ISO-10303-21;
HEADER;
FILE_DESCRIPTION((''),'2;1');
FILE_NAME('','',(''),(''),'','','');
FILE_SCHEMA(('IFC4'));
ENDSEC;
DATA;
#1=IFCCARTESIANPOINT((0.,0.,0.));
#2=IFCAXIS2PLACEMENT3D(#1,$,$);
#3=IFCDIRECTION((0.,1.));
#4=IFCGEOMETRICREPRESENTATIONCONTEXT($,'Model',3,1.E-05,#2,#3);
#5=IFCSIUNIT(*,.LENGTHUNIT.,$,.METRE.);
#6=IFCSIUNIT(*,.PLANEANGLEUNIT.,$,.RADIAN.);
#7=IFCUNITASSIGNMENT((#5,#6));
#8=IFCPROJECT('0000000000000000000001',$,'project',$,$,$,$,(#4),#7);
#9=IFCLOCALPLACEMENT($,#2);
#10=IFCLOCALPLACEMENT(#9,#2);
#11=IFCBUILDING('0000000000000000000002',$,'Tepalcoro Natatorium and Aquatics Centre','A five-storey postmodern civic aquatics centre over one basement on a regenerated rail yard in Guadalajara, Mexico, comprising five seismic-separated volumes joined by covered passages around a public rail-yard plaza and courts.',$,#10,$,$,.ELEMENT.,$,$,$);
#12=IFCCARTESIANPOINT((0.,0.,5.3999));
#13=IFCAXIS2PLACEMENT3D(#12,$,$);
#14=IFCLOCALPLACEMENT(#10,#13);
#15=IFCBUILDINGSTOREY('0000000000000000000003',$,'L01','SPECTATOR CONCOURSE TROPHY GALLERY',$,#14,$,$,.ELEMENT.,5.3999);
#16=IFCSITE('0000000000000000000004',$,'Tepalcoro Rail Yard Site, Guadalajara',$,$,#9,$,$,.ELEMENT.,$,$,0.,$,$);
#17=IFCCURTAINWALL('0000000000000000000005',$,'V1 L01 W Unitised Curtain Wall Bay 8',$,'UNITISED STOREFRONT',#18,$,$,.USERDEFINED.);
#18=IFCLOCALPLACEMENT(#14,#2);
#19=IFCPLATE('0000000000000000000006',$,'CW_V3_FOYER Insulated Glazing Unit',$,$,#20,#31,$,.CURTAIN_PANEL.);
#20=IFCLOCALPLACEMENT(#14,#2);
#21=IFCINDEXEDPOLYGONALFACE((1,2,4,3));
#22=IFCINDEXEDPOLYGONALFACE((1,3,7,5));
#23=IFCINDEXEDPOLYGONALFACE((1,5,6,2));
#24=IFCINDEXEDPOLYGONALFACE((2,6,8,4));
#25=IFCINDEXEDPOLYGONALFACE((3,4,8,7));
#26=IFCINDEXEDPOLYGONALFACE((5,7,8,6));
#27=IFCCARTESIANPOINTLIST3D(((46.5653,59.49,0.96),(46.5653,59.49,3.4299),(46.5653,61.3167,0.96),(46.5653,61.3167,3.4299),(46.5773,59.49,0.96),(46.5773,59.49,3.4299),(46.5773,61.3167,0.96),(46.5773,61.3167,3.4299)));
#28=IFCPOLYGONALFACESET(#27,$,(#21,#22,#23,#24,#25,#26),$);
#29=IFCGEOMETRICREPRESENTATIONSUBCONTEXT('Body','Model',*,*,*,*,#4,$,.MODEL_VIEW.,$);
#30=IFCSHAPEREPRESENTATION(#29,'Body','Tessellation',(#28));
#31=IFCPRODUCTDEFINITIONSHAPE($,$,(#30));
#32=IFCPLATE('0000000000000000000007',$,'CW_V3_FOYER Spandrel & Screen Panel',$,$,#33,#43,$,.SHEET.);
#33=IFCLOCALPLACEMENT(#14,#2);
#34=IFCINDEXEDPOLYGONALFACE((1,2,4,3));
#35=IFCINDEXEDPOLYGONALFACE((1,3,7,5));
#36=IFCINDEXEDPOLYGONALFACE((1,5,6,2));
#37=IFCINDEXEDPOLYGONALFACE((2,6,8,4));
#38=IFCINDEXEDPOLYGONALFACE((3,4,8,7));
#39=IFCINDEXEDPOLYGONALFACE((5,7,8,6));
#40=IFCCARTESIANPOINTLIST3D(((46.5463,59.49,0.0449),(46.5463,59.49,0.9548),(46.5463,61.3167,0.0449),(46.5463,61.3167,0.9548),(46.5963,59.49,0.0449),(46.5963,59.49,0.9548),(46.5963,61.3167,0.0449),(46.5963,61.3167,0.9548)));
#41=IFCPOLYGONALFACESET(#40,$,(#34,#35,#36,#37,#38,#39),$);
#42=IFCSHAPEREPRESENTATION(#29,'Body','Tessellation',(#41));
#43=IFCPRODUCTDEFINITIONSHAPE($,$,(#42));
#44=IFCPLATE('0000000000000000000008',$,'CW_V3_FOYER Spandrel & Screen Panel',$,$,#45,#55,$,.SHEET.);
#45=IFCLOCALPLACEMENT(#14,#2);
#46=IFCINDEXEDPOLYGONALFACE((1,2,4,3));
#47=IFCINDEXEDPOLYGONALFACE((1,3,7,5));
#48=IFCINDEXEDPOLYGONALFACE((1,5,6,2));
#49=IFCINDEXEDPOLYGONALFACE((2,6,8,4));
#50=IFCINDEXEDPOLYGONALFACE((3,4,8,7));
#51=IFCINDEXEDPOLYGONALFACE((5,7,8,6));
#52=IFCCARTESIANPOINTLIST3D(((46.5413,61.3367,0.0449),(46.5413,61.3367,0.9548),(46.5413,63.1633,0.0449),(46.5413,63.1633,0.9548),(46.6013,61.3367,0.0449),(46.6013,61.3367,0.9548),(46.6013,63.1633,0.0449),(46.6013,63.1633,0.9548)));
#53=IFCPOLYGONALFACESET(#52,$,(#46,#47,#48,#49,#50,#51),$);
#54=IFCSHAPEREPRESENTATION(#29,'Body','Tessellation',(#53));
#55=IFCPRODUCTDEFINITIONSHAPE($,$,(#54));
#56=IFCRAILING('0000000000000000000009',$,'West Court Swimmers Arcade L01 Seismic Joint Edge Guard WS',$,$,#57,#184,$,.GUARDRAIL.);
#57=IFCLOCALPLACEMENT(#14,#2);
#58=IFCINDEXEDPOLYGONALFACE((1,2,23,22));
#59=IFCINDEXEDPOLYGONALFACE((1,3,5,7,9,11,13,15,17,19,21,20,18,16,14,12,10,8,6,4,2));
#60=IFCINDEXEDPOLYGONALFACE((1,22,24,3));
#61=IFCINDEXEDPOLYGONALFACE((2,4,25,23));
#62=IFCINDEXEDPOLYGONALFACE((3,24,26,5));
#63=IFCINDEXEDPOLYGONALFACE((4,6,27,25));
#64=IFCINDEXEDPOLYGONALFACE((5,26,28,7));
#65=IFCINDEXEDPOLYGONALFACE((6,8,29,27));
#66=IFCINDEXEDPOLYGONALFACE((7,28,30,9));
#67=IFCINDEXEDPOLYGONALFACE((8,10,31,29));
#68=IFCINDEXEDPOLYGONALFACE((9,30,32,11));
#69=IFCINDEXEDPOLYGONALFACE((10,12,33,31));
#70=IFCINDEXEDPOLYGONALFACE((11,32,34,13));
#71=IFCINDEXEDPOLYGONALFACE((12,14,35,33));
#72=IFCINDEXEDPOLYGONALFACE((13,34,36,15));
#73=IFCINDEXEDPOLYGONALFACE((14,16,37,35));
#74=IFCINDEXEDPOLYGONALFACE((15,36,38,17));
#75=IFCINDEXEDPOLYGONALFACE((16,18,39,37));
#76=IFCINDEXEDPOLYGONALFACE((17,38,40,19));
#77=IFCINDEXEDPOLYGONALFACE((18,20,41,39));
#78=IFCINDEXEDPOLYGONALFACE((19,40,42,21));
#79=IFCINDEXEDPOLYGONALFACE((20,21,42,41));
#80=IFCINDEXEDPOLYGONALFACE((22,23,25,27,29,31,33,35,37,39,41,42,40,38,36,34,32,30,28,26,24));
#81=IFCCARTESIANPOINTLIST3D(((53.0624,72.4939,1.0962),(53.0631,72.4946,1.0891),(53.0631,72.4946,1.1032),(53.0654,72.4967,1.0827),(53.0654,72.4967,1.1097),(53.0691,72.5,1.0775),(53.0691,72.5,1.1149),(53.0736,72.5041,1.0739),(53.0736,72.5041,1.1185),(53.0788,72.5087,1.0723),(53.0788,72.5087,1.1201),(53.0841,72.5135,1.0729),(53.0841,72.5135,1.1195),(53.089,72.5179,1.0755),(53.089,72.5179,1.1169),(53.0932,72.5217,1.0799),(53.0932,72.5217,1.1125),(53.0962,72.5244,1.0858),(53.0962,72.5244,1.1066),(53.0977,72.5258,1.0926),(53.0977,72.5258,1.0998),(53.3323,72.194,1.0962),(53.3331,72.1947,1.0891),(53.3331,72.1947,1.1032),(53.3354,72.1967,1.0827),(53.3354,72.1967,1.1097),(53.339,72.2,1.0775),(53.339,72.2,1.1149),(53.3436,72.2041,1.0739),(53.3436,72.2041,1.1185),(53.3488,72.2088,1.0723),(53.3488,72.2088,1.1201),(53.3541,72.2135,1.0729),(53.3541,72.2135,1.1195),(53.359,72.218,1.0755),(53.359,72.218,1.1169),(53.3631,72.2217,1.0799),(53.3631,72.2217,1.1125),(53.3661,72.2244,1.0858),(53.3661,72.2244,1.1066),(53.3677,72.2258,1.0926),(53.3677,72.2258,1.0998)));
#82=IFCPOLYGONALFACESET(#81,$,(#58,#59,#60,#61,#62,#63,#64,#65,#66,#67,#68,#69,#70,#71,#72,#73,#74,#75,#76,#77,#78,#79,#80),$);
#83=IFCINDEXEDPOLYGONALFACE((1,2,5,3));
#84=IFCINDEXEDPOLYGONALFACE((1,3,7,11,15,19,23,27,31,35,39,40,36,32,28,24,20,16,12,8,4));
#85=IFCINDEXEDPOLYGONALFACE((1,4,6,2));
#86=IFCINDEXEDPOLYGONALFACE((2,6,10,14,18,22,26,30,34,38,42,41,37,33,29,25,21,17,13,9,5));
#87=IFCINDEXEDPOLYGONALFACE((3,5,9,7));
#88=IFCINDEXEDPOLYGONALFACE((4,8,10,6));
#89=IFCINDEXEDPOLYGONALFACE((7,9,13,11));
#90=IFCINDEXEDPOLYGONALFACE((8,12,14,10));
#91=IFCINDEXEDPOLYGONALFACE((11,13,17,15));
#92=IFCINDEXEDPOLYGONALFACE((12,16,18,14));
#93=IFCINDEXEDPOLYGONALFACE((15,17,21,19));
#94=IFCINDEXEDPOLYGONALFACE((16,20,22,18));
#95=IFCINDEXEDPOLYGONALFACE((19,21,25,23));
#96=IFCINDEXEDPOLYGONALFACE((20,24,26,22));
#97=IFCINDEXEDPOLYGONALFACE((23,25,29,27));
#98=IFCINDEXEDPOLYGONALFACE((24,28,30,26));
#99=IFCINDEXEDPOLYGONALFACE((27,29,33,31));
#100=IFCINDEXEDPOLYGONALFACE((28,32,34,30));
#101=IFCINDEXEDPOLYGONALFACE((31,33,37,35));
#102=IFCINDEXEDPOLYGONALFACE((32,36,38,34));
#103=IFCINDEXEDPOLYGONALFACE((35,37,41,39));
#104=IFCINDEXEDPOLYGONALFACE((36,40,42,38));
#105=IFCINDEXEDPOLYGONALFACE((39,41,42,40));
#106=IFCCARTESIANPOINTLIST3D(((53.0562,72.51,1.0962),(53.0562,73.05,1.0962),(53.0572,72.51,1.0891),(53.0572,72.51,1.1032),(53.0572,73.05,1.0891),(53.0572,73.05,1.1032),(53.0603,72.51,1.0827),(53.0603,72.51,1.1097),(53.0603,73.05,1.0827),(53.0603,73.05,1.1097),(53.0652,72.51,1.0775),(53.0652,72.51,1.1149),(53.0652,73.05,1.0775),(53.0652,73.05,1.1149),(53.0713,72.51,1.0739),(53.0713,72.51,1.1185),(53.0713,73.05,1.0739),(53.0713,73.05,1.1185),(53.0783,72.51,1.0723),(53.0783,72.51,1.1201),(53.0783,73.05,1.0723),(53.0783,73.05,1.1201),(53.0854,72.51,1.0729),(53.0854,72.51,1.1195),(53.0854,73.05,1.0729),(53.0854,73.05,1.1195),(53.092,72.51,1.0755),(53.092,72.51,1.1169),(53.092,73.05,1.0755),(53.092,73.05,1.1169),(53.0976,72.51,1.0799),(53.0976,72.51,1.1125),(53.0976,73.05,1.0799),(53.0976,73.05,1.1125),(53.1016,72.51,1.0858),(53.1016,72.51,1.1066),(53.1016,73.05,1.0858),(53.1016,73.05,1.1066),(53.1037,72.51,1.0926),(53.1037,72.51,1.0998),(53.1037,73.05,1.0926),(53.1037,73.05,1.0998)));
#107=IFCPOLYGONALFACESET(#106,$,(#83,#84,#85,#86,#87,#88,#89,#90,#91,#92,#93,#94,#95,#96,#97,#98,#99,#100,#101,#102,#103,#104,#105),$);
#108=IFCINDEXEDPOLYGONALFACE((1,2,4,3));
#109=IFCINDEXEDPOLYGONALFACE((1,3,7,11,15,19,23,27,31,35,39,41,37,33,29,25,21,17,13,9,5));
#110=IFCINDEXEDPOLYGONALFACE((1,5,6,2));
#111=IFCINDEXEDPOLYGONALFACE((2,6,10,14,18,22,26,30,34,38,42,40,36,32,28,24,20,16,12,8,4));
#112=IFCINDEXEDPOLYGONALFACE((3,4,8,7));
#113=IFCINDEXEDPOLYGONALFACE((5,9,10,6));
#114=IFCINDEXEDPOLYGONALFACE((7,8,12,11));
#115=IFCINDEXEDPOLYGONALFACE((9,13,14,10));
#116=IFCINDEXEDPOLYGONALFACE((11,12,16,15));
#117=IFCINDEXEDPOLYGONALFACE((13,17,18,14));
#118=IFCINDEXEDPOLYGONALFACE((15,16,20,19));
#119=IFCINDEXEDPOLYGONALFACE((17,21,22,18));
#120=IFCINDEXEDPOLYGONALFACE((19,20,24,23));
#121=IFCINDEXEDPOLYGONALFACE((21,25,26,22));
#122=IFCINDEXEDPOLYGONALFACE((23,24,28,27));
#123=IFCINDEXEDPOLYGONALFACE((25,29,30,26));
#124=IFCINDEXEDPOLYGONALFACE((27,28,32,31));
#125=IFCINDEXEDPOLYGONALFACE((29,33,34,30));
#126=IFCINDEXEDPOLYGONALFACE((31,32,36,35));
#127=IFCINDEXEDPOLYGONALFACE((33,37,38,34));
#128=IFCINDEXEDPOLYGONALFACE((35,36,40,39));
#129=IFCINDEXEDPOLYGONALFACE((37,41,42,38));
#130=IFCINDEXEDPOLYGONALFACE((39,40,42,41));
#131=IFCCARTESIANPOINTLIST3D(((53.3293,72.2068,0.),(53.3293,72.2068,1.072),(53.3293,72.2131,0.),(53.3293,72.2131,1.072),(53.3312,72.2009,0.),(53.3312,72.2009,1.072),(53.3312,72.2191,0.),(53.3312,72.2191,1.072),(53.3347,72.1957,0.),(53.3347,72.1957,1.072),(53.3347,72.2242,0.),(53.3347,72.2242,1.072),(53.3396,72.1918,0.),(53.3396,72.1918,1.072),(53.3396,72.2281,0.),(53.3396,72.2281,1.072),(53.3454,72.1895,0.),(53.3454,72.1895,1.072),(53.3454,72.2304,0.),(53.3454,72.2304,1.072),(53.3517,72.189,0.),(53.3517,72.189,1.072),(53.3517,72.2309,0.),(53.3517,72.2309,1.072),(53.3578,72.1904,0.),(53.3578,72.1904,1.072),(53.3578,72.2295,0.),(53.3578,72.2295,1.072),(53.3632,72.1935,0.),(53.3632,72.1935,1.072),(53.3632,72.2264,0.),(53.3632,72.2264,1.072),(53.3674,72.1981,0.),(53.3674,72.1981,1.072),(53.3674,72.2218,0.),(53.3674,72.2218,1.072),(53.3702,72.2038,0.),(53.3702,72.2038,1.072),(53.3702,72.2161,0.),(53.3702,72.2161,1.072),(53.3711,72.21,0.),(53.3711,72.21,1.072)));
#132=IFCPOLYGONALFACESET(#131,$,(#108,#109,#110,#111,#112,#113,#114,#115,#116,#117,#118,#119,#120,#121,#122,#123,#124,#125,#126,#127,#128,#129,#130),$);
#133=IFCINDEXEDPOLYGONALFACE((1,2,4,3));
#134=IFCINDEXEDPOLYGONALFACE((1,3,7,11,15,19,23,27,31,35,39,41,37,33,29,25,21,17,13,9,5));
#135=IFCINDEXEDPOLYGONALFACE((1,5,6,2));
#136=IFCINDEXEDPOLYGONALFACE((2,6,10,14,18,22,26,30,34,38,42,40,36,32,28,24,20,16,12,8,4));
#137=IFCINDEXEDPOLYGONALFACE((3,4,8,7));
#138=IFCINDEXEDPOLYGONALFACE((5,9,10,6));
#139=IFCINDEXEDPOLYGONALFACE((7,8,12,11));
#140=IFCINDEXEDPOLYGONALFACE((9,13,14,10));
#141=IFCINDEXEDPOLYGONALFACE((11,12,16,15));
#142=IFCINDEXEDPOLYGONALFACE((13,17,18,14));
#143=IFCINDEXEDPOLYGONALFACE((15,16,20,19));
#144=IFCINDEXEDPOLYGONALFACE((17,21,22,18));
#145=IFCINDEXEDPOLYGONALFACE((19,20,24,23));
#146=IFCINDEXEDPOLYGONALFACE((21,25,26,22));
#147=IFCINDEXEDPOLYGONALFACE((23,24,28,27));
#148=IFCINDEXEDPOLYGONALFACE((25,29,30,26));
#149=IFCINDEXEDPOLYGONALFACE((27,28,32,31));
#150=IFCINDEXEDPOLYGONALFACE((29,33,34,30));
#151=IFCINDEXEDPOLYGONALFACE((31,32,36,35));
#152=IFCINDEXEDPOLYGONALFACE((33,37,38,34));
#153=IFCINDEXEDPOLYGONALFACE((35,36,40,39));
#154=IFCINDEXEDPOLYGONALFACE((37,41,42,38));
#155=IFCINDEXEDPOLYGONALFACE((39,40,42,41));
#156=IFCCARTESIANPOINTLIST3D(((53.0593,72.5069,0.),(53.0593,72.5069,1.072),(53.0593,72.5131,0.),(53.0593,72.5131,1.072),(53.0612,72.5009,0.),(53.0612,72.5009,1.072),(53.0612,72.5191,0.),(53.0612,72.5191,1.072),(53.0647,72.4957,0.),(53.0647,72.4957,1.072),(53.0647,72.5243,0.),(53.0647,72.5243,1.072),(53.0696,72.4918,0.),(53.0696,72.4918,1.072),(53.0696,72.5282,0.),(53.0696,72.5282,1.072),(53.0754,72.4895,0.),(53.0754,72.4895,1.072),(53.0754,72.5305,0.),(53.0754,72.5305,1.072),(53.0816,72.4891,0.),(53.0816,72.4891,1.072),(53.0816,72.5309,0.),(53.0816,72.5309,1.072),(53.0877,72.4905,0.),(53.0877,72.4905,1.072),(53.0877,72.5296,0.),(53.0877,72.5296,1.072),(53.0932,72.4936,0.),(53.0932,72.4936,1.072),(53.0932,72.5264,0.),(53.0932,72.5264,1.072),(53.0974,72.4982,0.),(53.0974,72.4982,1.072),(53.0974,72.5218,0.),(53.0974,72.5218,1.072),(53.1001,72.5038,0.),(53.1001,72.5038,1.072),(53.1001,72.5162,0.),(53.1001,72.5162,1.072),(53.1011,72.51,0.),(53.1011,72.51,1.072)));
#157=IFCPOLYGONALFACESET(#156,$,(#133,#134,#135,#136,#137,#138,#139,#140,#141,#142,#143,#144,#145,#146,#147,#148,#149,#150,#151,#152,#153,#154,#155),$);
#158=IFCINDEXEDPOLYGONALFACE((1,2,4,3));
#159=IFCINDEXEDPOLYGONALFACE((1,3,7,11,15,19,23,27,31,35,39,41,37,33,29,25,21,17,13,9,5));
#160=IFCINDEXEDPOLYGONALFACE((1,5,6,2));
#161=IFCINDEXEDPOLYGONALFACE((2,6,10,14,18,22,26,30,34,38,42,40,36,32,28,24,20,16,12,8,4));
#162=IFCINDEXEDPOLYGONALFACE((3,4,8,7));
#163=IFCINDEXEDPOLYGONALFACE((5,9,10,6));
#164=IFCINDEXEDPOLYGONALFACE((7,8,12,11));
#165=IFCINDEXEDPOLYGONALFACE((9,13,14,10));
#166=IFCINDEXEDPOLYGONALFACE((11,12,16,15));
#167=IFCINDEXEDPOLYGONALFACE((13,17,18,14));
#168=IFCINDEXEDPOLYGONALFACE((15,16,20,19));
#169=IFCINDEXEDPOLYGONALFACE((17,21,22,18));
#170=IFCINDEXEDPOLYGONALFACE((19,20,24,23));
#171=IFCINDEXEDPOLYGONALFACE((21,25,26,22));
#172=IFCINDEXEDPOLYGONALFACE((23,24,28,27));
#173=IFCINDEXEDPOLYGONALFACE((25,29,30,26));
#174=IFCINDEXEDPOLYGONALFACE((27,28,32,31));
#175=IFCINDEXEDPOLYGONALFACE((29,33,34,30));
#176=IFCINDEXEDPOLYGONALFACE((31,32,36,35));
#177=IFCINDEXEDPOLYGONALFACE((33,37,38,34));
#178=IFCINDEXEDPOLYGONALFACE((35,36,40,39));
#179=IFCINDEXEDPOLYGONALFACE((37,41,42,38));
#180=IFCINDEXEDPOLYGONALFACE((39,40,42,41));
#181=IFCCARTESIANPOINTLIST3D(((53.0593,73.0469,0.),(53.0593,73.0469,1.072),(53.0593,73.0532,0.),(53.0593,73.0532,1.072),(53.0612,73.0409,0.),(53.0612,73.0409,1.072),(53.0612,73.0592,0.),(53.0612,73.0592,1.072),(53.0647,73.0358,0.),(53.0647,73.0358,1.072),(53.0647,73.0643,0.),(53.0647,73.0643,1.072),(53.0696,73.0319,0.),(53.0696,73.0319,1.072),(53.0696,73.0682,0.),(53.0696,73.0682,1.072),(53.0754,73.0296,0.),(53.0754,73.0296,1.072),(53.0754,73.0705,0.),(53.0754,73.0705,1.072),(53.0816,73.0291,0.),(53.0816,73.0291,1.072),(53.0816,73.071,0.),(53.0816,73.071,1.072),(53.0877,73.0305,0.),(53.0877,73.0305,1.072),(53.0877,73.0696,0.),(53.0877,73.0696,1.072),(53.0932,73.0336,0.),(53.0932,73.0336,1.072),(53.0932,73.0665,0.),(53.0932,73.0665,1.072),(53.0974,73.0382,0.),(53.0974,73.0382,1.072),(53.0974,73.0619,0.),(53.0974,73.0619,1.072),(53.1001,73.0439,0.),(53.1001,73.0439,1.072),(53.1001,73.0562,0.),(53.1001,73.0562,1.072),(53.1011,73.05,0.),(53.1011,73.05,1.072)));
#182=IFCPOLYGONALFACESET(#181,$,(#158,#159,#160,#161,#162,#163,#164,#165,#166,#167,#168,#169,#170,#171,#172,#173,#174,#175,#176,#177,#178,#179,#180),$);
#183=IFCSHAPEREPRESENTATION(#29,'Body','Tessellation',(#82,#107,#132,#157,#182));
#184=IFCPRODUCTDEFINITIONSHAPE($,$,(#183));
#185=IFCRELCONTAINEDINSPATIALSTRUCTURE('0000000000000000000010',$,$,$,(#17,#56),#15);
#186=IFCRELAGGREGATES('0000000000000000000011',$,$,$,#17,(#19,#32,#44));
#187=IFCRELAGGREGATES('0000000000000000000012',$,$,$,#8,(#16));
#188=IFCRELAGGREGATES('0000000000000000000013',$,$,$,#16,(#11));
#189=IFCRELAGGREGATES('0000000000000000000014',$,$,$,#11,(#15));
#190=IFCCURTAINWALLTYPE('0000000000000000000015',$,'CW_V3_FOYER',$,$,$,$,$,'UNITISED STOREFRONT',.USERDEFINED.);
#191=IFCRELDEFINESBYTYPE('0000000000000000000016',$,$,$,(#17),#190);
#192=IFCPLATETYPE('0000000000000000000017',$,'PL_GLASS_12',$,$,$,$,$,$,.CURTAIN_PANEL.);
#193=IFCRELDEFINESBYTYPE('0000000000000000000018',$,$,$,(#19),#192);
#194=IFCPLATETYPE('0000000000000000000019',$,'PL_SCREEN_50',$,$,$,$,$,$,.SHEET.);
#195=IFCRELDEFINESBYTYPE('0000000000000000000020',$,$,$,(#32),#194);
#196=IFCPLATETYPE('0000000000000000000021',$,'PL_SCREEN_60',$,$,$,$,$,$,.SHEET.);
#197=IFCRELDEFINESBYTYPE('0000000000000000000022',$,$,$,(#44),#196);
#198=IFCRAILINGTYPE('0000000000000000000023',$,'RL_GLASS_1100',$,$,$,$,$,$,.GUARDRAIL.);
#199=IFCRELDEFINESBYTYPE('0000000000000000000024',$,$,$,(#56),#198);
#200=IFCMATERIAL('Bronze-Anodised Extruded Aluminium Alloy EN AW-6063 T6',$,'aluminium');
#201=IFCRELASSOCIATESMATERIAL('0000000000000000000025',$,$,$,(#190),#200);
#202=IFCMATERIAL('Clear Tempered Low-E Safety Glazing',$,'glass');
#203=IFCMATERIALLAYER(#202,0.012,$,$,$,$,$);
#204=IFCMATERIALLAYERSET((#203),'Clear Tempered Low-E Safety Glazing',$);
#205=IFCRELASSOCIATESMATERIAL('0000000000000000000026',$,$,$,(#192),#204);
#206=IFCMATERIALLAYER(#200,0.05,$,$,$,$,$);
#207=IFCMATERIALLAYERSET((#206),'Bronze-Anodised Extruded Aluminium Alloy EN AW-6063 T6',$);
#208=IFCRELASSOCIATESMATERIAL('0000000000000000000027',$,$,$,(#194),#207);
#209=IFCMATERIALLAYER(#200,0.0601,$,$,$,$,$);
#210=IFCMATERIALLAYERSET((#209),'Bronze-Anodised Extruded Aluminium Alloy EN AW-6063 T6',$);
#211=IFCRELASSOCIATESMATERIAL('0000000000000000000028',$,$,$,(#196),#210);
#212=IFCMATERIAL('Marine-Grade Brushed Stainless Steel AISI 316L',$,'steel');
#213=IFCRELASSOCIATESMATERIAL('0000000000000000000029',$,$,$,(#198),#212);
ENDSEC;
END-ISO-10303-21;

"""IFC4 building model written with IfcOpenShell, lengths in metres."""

from ifc_helpers import new_model, si_unit, direction, frame, origin, origin_2d, place, context, subcontext, project, spatial, rectangle, circle, extrude, material, layer, layer_set, type_object, element, aggregate, save


model = new_model("IFC4")

# Units and contexts
model_context = context("Model", 3, precision=1e-05, world=origin(), true_north=direction((0.0, 1.0)))
body_context = subcontext(model_context, "Body", "Model", "MODEL_VIEW")
ifc_project = project(units=[si_unit("LENGTHUNIT", "METRE"), si_unit("PLANEANGLEUNIT", "RADIAN")], contexts=[model_context])

# Site, building, storey
site_placement = place(None, origin())
site = spatial("IfcSite", under=ifc_project, at=site_placement, Name="Tepalcoro Rail Yard Site, Guadalajara", CompositionType="ELEMENT", RefElevation=0.0)
building_placement = place(site_placement, origin())
building = spatial("IfcBuilding", under=site, at=building_placement, Name="Tepalcoro Natatorium and Aquatics Centre", Description="A five-storey postmodern civic aquatics centre over one basement on a regenerated rail yard in Guadalajara, Mexico, comprising five seismic-separated volumes joined by covered passages around a public rail-yard plaza and courts.", CompositionType="ELEMENT")
storey_placement = place(building_placement, frame((0.0, 0.0, 5.3999)))
storey = spatial("IfcBuildingStorey", under=building, at=storey_placement, Name="L01", Description="SPECTATOR CONCOURSE TROPHY GALLERY", CompositionType="ELEMENT", Elevation=5.3999)

# Curtain wall
ifc_material_1 = material(Name="Bronze-Anodised Extruded Aluminium Alloy EN AW-6063 T6", Category="aluminium")
curtain_wall_type_1 = type_object("IfcCurtainWallType", Name="CW_V3_FOYER", ElementType="UNITISED STOREFRONT", PredefinedType="USERDEFINED", material=ifc_material_1)
curtain_wall_1_placement = place(storey_placement, origin())
curtain_wall_1 = element("IfcCurtainWall", 1, at=curtain_wall_1_placement, inside=storey, type_object=curtain_wall_type_1, Name="V1 L01 W Unitised Curtain Wall Bay 8", ObjectType="UNITISED STOREFRONT", PredefinedType="USERDEFINED")

# Plates
ifc_material_2 = material(Name="Clear Tempered Low-E Safety Glazing", Category="glass")
ifc_layer_1 = layer(ifc_material_2, 0.012)
ifc_layer_set_1 = layer_set([ifc_layer_1], Name="Clear Tempered Low-E Safety Glazing")
plate_type_1 = type_object("IfcPlateType", Name="PL_GLASS_12", PredefinedType="CURTAIN_PANEL", material=ifc_layer_set_1)
plate_1_placement = place(storey_placement, frame((46.5713, 60.4033, 0.96), z_axis=(0.0, 0.0, 1.0), x_axis=(1.0, 0.0, 0.0)))
plate_1 = element("IfcPlate", 2, at=plate_1_placement, type_object=plate_type_1, Name="CW_V3_FOYER Insulated Glazing Unit", PredefinedType="CURTAIN_PANEL", context=body_context, shape_type="SweptSolid", body=[
    extrude(rectangle(XDim=0.012, YDim=1.8267, at=origin_2d()), origin(), (0.0, 0.0, 1.0), 2.47),
])
ifc_layer_2 = layer(ifc_material_1, 0.05)
ifc_layer_set_2 = layer_set([ifc_layer_2], Name="Bronze-Anodised Extruded Aluminium Alloy EN AW-6063 T6")
plate_type_2 = type_object("IfcPlateType", Name="PL_SCREEN_50", PredefinedType="SHEET", material=ifc_layer_set_2)
plate_2_placement = place(storey_placement, frame((46.5713, 60.4033, 0.0449), z_axis=(0.0, 0.0, 1.0), x_axis=(1.0, 0.0, 0.0)))
plate_2 = element("IfcPlate", 3, at=plate_2_placement, type_object=plate_type_2, Name="CW_V3_FOYER Spandrel & Screen Panel", PredefinedType="SHEET", context=body_context, shape_type="SweptSolid", body=[
    extrude(rectangle(XDim=0.05, YDim=1.8267, at=origin_2d()), origin(), (0.0, 0.0, 1.0), 0.9099),
])
ifc_layer_3 = layer(ifc_material_1, 0.0601)
ifc_layer_set_3 = layer_set([ifc_layer_3], Name="Bronze-Anodised Extruded Aluminium Alloy EN AW-6063 T6")
plate_type_3 = type_object("IfcPlateType", Name="PL_SCREEN_60", PredefinedType="SHEET", material=ifc_layer_set_3)
plate_3_placement = place(storey_placement, frame((46.5713, 62.25, 0.0449), z_axis=(0.0, 0.0, 1.0), x_axis=(1.0, 0.0, 0.0)))
plate_3 = element("IfcPlate", 4, at=plate_3_placement, type_object=plate_type_3, Name="CW_V3_FOYER Spandrel & Screen Panel", PredefinedType="SHEET", context=body_context, shape_type="SweptSolid", body=[
    extrude(rectangle(XDim=0.0601, YDim=1.8267, at=origin_2d()), origin(), (0.0, 0.0, 1.0), 0.9099),
])
aggregate(curtain_wall_1, [plate_1, plate_2, plate_3])

# Railing
ifc_material_3 = material(Name="Marine-Grade Brushed Stainless Steel AISI 316L", Category="steel")
railing_type_1 = type_object("IfcRailingType", Name="RL_GLASS_1100", PredefinedType="GUARDRAIL", material=ifc_material_3)
railing_1_placement = place(storey_placement, frame((53.3501, 72.21, 0.0)))
element("IfcRailing", 5, at=railing_1_placement, inside=storey, type_object=railing_type_1, Name="West Court Swimmers Arcade L01 Seismic Joint Edge Guard WS", PredefinedType="GUARDRAIL", context=body_context, shape_type="SweptSolid", body=[
    extrude(circle(Radius=0.0239, at=origin_2d()), frame((0.0, 0.0, 1.0962), z_axis=(-0.668931, 0.743324, 0.0), x_axis=(-0.743324, -0.668931, 0.0)), (0.0, 0.0, 1.0), 0.4036),
    extrude(circle(Radius=0.0239, at=origin_2d()), frame((-0.27, 0.3, 1.0962), z_axis=(0.0, 1.0, 0.0), x_axis=(-1.0, 0.0, 0.0)), (0.0, 0.0, 1.0), 0.54),
    extrude(circle(Radius=0.021, at=origin_2d()), origin(), (0.0, 0.0, 1.0), 1.072),
    extrude(circle(Radius=0.021, at=origin_2d()), frame((-0.27, 0.3, 0.0)), (0.0, 0.0, 1.0), 1.072),
    extrude(circle(Radius=0.021, at=origin_2d()), frame((-0.27, 0.8401, 0.0)), (0.0, 0.0, 1.0), 1.072),
])

save(model, "model.ifc")
